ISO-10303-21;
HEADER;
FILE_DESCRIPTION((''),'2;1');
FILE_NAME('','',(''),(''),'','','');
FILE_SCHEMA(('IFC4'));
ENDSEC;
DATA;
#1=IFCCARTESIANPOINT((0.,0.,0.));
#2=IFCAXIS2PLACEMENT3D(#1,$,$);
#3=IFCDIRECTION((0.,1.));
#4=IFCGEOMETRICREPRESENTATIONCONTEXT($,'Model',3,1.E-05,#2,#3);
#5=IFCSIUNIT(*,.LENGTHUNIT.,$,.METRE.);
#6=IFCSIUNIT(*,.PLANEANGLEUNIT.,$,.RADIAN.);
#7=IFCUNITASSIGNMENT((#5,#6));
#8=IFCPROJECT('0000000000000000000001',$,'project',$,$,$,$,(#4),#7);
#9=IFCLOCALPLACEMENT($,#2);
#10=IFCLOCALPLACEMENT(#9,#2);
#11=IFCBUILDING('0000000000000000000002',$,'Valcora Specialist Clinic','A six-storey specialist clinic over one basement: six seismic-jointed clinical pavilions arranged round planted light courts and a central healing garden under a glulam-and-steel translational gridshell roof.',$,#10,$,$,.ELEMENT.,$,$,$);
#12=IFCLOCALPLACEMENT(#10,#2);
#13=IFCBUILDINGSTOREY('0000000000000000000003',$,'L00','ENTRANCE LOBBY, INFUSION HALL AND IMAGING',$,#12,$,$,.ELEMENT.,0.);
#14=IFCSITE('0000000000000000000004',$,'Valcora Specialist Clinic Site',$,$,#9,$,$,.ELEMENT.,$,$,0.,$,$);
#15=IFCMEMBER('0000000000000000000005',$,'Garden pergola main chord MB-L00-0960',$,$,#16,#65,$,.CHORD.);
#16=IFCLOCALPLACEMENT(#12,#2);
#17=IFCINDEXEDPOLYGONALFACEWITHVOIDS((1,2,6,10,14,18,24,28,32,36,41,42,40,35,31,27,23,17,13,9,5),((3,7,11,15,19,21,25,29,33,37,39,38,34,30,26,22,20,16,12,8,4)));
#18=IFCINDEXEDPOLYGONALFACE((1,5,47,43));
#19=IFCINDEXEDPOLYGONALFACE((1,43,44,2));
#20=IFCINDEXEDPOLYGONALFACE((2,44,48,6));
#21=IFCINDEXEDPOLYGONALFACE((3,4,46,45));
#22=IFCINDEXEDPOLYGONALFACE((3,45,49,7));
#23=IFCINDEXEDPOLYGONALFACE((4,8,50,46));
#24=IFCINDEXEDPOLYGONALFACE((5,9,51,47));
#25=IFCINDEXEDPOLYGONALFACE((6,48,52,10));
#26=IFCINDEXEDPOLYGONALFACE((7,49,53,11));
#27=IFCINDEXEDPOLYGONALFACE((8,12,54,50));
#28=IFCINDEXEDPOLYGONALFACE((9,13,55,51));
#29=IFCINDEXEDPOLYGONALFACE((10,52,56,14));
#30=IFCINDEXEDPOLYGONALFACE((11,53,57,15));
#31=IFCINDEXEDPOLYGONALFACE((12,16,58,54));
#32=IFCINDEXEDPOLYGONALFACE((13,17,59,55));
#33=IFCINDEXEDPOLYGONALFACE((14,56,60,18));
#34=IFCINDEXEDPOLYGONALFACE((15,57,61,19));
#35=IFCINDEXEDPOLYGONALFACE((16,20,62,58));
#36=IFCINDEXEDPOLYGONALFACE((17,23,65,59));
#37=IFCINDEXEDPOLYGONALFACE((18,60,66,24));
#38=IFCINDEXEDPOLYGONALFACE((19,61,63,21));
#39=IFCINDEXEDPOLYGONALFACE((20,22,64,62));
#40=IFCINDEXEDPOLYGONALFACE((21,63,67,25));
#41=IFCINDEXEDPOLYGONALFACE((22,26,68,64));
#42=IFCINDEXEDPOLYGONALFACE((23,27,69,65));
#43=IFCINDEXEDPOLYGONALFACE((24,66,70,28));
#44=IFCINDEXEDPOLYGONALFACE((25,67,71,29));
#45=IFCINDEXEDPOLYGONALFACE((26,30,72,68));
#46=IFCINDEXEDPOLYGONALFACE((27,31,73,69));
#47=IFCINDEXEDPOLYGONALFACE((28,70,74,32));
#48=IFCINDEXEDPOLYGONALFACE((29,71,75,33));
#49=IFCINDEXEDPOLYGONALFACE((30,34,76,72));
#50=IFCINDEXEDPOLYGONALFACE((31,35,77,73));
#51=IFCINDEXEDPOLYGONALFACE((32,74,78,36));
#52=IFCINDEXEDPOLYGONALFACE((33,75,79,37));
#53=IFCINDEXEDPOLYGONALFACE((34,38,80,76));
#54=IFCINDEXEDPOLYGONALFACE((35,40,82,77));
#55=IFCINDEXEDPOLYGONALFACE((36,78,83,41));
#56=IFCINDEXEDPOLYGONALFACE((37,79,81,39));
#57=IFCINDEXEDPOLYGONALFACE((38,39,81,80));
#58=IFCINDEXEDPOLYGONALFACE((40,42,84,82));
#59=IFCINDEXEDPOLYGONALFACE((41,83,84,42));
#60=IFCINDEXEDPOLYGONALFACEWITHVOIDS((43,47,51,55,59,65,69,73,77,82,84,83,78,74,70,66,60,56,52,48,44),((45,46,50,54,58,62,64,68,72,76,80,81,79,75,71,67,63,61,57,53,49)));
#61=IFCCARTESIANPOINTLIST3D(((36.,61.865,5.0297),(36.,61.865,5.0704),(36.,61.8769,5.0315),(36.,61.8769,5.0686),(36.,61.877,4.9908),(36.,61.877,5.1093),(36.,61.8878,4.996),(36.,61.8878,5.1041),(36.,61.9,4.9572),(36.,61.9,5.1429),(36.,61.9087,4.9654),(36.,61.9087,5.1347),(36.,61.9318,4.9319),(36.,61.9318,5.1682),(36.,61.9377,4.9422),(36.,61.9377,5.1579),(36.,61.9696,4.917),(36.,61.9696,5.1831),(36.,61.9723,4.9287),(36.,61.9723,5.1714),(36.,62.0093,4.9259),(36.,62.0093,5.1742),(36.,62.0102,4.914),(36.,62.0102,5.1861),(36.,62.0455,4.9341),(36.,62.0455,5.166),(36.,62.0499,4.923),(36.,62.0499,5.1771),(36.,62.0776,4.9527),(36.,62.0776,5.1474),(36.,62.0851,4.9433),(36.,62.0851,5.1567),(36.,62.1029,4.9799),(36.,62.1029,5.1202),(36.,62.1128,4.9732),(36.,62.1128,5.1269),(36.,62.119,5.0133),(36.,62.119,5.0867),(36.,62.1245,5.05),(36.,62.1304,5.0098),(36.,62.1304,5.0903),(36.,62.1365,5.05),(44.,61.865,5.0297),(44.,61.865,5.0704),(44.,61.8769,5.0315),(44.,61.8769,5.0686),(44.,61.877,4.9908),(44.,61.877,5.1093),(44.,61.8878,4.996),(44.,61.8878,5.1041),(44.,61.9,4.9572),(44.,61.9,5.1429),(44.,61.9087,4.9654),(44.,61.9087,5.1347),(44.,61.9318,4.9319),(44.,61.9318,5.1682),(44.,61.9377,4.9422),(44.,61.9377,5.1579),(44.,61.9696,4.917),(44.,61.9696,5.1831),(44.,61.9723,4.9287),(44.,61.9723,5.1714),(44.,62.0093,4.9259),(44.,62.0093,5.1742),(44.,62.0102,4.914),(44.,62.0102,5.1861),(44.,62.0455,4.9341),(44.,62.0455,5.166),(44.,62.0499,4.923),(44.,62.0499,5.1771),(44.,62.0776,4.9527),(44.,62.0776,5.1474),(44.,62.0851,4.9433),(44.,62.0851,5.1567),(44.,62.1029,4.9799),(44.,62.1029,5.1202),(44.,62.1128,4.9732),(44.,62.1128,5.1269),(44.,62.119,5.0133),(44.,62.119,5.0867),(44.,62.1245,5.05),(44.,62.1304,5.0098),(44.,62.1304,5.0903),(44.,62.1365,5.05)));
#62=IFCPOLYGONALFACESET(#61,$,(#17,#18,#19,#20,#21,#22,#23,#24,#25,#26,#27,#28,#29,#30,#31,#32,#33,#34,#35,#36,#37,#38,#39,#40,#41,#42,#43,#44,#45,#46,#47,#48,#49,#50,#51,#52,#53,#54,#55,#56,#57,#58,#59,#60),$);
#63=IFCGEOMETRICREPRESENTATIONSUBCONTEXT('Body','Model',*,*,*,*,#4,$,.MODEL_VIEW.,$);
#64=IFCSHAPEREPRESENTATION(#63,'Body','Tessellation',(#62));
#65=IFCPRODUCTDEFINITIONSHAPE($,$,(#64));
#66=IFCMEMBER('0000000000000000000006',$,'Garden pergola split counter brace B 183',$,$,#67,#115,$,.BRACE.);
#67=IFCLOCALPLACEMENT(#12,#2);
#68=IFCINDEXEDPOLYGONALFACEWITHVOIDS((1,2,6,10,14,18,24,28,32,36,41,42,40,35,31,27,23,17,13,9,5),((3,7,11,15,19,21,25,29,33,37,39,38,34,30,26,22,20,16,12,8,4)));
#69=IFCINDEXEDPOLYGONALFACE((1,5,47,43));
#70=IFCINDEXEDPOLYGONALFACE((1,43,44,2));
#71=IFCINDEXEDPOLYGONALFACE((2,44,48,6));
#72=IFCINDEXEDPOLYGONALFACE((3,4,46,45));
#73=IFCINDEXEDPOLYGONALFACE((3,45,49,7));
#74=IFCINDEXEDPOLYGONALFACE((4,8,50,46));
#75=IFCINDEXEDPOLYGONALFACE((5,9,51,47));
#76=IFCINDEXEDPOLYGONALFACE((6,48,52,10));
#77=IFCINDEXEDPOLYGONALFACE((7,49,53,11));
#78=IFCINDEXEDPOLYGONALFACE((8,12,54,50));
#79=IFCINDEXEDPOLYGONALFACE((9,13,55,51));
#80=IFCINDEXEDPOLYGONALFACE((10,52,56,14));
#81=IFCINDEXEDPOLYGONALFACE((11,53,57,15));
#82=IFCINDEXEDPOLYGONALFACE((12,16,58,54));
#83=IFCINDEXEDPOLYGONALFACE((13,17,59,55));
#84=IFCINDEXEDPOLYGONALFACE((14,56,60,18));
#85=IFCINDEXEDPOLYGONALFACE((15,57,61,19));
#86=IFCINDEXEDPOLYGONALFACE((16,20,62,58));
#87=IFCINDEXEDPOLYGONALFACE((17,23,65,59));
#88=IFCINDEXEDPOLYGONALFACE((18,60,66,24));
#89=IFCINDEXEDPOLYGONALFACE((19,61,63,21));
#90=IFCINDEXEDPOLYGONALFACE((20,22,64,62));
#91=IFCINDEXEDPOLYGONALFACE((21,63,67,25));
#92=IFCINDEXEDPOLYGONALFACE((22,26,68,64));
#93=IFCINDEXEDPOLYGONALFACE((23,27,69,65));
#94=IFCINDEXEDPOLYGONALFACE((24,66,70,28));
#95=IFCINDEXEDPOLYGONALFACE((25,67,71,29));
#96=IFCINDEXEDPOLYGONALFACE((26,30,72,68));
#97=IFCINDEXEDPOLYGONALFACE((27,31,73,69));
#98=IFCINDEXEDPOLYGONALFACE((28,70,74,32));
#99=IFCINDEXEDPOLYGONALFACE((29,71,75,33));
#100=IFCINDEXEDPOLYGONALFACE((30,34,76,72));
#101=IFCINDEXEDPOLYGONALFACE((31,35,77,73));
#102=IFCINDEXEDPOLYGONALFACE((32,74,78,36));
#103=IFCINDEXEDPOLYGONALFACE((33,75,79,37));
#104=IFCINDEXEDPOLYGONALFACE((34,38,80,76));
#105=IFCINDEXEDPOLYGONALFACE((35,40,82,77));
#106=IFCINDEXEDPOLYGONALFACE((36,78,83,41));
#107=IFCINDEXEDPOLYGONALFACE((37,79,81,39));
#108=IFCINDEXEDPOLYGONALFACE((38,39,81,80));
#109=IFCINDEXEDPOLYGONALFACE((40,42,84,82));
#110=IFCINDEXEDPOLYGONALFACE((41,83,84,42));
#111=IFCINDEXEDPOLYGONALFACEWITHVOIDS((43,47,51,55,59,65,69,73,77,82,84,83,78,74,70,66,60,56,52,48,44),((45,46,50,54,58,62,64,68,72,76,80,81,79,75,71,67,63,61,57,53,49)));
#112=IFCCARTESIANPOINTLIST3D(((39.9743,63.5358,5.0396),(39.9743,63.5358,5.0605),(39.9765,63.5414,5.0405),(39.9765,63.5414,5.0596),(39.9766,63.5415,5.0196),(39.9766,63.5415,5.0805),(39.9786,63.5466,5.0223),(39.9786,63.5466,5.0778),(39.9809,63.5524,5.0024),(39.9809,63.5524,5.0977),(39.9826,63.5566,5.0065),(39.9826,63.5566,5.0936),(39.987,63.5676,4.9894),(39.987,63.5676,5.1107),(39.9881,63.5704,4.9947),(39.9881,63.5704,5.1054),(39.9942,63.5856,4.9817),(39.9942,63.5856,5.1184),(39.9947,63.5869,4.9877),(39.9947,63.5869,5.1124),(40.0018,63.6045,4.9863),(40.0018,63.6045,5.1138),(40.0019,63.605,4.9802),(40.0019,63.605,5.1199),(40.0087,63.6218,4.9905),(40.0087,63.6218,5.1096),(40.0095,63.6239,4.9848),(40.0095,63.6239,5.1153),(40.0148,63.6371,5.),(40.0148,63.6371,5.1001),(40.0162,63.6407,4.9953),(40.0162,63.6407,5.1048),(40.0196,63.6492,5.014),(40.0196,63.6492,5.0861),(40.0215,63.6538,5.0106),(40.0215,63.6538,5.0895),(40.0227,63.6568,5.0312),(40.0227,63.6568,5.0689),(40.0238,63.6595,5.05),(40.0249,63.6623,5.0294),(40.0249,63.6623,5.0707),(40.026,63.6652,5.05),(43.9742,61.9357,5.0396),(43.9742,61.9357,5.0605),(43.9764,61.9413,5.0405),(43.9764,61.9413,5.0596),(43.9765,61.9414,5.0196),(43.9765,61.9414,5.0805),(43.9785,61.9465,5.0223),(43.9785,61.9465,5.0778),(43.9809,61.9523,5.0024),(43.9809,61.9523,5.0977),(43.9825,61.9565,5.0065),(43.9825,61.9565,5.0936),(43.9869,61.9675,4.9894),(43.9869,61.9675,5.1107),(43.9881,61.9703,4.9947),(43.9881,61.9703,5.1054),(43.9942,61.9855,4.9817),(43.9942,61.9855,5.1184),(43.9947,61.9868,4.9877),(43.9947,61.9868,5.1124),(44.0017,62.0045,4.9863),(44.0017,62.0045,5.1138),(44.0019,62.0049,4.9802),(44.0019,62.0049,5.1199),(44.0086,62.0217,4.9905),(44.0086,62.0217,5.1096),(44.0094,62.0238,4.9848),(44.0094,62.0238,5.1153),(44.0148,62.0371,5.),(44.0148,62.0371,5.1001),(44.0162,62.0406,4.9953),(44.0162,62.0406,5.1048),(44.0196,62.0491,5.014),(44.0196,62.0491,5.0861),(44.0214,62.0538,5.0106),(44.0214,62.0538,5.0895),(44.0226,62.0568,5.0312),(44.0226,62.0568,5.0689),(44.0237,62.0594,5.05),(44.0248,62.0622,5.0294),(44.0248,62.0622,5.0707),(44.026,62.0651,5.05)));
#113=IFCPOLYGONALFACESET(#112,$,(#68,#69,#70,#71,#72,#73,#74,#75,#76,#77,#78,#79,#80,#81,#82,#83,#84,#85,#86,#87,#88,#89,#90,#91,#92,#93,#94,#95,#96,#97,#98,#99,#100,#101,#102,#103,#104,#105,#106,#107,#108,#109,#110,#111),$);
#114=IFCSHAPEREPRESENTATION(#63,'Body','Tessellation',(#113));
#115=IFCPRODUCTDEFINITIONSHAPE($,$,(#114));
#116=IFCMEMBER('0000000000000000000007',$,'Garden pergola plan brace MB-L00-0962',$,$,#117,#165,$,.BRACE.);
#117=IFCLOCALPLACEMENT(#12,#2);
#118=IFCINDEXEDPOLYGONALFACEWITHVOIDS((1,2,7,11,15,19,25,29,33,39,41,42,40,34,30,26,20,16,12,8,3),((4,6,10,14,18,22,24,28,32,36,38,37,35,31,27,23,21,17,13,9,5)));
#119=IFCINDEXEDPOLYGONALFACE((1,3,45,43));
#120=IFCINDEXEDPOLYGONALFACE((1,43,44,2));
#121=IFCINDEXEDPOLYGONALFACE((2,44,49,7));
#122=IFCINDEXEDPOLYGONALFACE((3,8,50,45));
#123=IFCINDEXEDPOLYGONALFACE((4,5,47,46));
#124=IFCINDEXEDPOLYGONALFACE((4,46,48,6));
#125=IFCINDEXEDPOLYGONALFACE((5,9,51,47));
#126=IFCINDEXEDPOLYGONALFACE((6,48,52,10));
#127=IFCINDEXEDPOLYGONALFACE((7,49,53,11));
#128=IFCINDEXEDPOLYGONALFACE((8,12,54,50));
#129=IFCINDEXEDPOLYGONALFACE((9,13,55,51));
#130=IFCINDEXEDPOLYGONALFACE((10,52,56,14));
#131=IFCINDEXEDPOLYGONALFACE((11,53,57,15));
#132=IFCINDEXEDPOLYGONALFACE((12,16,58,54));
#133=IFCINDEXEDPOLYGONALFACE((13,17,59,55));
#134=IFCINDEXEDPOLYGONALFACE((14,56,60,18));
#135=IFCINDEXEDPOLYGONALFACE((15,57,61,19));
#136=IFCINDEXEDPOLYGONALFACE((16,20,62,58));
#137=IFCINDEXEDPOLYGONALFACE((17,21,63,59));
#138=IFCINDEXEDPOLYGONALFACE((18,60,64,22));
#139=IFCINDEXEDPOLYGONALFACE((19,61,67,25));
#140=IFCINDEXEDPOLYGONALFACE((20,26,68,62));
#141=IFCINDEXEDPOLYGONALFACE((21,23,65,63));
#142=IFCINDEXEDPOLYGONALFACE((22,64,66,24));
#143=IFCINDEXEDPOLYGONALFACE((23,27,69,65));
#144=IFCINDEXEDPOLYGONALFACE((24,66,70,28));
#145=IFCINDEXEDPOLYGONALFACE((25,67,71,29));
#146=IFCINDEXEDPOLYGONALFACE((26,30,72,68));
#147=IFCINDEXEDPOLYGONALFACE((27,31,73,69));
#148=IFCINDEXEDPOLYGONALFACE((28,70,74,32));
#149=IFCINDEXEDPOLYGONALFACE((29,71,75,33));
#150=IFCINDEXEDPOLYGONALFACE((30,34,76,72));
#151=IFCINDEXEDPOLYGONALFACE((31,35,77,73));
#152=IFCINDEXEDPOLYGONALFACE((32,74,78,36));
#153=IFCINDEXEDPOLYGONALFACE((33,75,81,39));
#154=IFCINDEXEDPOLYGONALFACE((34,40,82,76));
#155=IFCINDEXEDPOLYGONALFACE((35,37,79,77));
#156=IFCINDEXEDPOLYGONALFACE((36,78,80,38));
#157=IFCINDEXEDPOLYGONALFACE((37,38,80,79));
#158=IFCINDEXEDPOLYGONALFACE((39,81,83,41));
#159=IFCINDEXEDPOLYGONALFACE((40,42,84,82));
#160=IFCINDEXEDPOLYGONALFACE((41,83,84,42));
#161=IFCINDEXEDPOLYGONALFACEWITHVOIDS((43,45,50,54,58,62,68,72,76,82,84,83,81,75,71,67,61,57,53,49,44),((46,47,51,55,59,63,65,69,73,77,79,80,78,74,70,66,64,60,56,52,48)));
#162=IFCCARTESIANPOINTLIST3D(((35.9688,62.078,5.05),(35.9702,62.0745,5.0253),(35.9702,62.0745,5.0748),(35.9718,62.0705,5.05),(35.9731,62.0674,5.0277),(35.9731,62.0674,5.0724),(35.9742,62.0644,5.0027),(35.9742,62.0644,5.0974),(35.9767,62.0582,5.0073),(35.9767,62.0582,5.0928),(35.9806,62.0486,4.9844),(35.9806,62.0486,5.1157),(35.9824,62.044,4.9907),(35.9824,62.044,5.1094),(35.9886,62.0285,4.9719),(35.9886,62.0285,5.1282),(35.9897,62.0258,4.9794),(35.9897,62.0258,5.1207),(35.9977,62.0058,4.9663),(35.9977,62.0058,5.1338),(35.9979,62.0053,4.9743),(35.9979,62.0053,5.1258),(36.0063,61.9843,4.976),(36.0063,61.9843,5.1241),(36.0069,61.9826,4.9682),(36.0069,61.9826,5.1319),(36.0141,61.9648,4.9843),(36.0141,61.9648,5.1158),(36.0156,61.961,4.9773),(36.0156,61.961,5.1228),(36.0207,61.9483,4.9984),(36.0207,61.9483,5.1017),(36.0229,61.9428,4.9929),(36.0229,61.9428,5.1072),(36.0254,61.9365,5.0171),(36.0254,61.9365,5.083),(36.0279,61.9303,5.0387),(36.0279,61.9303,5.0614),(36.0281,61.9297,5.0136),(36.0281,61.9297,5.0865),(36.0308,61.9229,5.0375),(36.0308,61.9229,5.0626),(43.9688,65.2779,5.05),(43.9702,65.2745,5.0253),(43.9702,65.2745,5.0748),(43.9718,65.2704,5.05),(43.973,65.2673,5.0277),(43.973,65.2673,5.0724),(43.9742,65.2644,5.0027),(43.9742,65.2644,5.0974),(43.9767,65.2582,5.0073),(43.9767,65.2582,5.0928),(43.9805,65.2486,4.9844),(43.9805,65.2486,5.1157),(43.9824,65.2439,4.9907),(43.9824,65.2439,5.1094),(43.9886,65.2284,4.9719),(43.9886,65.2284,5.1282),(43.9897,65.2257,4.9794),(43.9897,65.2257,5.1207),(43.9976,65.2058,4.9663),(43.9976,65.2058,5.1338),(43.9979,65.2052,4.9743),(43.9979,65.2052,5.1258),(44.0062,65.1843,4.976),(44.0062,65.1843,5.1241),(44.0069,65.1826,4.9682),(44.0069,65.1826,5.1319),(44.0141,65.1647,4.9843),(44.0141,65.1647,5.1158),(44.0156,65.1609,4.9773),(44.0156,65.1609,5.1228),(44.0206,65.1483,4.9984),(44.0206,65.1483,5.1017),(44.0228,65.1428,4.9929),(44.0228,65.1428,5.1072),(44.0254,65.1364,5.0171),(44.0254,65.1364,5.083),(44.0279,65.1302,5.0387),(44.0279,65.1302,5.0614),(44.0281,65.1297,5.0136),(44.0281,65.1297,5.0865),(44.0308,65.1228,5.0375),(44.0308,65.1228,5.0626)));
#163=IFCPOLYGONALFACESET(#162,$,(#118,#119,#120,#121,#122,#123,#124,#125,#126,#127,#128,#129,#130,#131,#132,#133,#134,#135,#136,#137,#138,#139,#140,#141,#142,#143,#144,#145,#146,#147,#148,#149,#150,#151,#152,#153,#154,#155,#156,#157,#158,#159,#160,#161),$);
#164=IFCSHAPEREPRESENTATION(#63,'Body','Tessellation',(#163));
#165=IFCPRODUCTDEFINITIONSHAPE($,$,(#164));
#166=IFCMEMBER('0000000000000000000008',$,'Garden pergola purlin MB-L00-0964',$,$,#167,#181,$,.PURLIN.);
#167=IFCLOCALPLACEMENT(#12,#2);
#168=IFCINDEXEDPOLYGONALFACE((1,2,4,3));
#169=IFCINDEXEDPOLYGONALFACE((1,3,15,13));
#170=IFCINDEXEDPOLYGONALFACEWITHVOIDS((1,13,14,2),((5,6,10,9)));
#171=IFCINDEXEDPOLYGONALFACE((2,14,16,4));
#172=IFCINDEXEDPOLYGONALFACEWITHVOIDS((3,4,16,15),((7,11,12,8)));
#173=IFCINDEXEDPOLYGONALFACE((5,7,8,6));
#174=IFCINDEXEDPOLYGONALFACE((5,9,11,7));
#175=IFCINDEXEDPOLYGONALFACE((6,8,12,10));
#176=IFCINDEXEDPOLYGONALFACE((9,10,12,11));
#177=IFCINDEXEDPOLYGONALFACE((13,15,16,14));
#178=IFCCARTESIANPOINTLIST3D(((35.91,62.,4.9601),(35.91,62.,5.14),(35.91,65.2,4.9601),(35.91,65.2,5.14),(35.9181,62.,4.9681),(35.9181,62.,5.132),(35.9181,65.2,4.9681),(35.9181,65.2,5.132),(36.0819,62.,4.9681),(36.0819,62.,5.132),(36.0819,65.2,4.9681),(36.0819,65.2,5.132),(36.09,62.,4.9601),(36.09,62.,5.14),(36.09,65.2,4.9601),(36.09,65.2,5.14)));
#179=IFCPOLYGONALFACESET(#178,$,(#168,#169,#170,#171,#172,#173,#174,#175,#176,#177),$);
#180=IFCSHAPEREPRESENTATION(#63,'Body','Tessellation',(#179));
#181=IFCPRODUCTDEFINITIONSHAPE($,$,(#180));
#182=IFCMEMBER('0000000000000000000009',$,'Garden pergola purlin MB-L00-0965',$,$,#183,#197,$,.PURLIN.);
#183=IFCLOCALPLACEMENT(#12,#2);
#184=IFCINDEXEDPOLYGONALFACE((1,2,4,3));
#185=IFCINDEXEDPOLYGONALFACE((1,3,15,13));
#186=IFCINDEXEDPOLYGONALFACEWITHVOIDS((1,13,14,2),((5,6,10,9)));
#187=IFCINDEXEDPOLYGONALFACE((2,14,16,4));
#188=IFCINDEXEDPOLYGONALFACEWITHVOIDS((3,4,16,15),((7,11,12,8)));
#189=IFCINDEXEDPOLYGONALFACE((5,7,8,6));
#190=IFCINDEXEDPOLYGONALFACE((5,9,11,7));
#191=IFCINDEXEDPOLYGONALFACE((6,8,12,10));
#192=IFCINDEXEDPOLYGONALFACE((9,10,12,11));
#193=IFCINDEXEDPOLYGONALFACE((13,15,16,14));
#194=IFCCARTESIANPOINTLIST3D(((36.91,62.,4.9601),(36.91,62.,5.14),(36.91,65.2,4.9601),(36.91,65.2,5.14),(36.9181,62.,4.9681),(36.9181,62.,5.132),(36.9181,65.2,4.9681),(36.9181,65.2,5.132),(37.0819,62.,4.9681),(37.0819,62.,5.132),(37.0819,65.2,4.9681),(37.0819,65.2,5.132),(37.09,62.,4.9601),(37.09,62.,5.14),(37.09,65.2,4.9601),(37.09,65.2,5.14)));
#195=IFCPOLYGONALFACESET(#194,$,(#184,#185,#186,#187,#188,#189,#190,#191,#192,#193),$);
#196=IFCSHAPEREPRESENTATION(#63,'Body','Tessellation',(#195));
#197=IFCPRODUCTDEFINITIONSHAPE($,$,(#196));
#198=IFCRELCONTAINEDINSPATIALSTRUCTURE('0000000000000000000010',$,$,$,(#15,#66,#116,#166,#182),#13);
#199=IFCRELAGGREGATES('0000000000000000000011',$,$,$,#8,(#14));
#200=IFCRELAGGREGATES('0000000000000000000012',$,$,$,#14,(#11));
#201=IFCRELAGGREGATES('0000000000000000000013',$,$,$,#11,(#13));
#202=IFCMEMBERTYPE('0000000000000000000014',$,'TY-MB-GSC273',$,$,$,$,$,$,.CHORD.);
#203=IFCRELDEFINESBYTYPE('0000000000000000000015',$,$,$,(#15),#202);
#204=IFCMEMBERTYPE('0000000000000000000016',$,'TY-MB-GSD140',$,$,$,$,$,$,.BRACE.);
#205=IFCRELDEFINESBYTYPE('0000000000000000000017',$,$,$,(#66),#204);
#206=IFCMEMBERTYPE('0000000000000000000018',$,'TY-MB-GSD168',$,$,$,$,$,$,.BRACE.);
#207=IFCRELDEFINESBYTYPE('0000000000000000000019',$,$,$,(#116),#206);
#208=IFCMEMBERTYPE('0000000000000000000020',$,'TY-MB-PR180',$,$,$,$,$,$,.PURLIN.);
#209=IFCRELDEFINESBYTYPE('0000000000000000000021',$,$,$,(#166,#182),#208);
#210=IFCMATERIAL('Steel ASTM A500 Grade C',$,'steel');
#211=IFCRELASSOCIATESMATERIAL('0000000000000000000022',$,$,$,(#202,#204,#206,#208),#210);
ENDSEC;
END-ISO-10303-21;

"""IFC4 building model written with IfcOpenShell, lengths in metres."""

from ifc_helpers import new_model, si_unit, direction, frame, origin, origin_2d, place, context, subcontext, project, spatial, hollow_rectangle, hollow_circle, extrude, material, material_profile, profile_set, type_object, element, save


model = new_model("IFC4")

# Units and contexts
model_context = context("Model", 3, precision=1e-05, world=origin(), true_north=direction((0.0, 1.0)))
body_context = subcontext(model_context, "Body", "Model", "MODEL_VIEW")
ifc_project = project(units=[si_unit("LENGTHUNIT", "METRE"), si_unit("PLANEANGLEUNIT", "RADIAN")], contexts=[model_context])

# Site, building, storey
site_placement = place(None, origin())
site = spatial("IfcSite", under=ifc_project, at=site_placement, Name="Valcora Specialist Clinic Site", CompositionType="ELEMENT", RefElevation=0.0)
building_placement = place(site_placement, origin())
building = spatial("IfcBuilding", under=site, at=building_placement, Name="Valcora Specialist Clinic", Description="A six-storey specialist clinic over one basement: six seismic-jointed clinical pavilions arranged round planted light courts and a central healing garden under a glulam-and-steel translational gridshell roof.", CompositionType="ELEMENT")
storey_placement = place(building_placement, origin())
storey = spatial("IfcBuildingStorey", under=building, at=storey_placement, Name="L00", Description="ENTRANCE LOBBY, INFUSION HALL AND IMAGING", CompositionType="ELEMENT", Elevation=0.0)

# Members
ifc_material_1 = material(Name="Steel ASTM A500 Grade C", Category="steel")
ifc_material_profile_1 = material_profile(ifc_material_1, hollow_circle(Radius=0.1365, WallThickness=0.012, at=origin_2d()), Name="ST-CHS-273X12")
ifc_profile_set_1 = profile_set([ifc_material_profile_1], Name="Steel ASTM A500 Grade C")
member_type_1 = type_object("IfcMemberType", Name="TY-MB-GSC273", PredefinedType="CHORD", material=ifc_profile_set_1)
member_1_placement = place(storey_placement, frame((36.0, 62.0, 5.05), z_axis=(1.0, 0.0, 0.0), x_axis=(0.0, 1.0, 0.0)))
element("IfcMember", 1, at=member_1_placement, inside=storey, type_object=member_type_1, Name="Garden pergola main chord MB-L00-0960", PredefinedType="CHORD", context=body_context, shape_type="SweptSolid", body=[
    extrude(hollow_circle(Radius=0.1365, WallThickness=0.012, at=origin_2d()), origin(), (0.0, 0.0, 1.0), 8.0),
])
ifc_material_profile_2 = material_profile(ifc_material_1, hollow_circle(Radius=0.0701, WallThickness=0.0061, at=origin_2d()), Name="ST-CHS-140X6")
ifc_profile_set_2 = profile_set([ifc_material_profile_2], Name="Steel ASTM A500 Grade C")
member_type_2 = type_object("IfcMemberType", Name="TY-MB-GSD140", PredefinedType="BRACE", material=ifc_profile_set_2)
member_2_placement = place(storey_placement, frame((40.0, 63.6001, 5.05), z_axis=(0.928469, -0.37141, 0.0), x_axis=(0.37141, 0.928469, 0.0)))
element("IfcMember", 2, at=member_2_placement, inside=storey, type_object=member_type_2, Name="Garden pergola split counter brace B 183", PredefinedType="BRACE", context=body_context, shape_type="SweptSolid", body=[
    extrude(hollow_circle(Radius=0.0701, WallThickness=0.0061, at=origin_2d()), origin(), (0.0, 0.0, 1.0), 4.3081),
])
ifc_material_profile_3 = material_profile(ifc_material_1, hollow_circle(Radius=0.084, WallThickness=0.0081, at=origin_2d()), Name="ST-CHS-168X8")
ifc_profile_set_3 = profile_set([ifc_material_profile_3], Name="Steel ASTM A500 Grade C")
member_type_3 = type_object("IfcMemberType", Name="TY-MB-GSD168", PredefinedType="BRACE", material=ifc_profile_set_3)
member_3_placement = place(storey_placement, frame((36.0, 62.0, 5.05), z_axis=(0.928479, 0.371386, 0.0), x_axis=(-0.371386, 0.928479, 0.0)))
element("IfcMember", 3, at=member_3_placement, inside=storey, type_object=member_type_3, Name="Garden pergola plan brace MB-L00-0962", PredefinedType="BRACE", context=body_context, shape_type="SweptSolid", body=[
    extrude(hollow_circle(Radius=0.084, WallThickness=0.0081, at=origin_2d()), origin(), (0.0, 0.0, 1.0), 8.6162),
])
ifc_material_profile_4 = material_profile(ifc_material_1, hollow_rectangle(XDim=0.1799, YDim=0.1799, WallThickness=0.0081, at=origin_2d()), Name="ST-RHS-180X180X8")
ifc_profile_set_4 = profile_set([ifc_material_profile_4], Name="Steel ASTM A500 Grade C")
member_type_4 = type_object("IfcMemberType", Name="TY-MB-PR180", PredefinedType="PURLIN", material=ifc_profile_set_4)
for number, where, z_axis, x_axis, name in (
    (4, (36.0, 62.0, 5.05), (0.0, 1.0, 0.0), (-1.0, 0.0, 0.0), "Garden pergola purlin MB-L00-0964"),
    (5, (37.0, 62.0, 5.05), (0.0, 1.0, 0.0), (-1.0, 0.0, 0.0), "Garden pergola purlin MB-L00-0965"),
):
    element("IfcMember", number, at=place(storey_placement, frame(where, z_axis=z_axis, x_axis=x_axis)), inside=storey, type_object=member_type_4, Name=name, PredefinedType="PURLIN", context=body_context, shape_type="SweptSolid", body=[
        extrude(hollow_rectangle(XDim=0.1799, YDim=0.1799, WallThickness=0.0081, at=origin_2d()), origin(), (0.0, 0.0, 1.0), 3.2),
    ])

save(model, "model.ifc")
